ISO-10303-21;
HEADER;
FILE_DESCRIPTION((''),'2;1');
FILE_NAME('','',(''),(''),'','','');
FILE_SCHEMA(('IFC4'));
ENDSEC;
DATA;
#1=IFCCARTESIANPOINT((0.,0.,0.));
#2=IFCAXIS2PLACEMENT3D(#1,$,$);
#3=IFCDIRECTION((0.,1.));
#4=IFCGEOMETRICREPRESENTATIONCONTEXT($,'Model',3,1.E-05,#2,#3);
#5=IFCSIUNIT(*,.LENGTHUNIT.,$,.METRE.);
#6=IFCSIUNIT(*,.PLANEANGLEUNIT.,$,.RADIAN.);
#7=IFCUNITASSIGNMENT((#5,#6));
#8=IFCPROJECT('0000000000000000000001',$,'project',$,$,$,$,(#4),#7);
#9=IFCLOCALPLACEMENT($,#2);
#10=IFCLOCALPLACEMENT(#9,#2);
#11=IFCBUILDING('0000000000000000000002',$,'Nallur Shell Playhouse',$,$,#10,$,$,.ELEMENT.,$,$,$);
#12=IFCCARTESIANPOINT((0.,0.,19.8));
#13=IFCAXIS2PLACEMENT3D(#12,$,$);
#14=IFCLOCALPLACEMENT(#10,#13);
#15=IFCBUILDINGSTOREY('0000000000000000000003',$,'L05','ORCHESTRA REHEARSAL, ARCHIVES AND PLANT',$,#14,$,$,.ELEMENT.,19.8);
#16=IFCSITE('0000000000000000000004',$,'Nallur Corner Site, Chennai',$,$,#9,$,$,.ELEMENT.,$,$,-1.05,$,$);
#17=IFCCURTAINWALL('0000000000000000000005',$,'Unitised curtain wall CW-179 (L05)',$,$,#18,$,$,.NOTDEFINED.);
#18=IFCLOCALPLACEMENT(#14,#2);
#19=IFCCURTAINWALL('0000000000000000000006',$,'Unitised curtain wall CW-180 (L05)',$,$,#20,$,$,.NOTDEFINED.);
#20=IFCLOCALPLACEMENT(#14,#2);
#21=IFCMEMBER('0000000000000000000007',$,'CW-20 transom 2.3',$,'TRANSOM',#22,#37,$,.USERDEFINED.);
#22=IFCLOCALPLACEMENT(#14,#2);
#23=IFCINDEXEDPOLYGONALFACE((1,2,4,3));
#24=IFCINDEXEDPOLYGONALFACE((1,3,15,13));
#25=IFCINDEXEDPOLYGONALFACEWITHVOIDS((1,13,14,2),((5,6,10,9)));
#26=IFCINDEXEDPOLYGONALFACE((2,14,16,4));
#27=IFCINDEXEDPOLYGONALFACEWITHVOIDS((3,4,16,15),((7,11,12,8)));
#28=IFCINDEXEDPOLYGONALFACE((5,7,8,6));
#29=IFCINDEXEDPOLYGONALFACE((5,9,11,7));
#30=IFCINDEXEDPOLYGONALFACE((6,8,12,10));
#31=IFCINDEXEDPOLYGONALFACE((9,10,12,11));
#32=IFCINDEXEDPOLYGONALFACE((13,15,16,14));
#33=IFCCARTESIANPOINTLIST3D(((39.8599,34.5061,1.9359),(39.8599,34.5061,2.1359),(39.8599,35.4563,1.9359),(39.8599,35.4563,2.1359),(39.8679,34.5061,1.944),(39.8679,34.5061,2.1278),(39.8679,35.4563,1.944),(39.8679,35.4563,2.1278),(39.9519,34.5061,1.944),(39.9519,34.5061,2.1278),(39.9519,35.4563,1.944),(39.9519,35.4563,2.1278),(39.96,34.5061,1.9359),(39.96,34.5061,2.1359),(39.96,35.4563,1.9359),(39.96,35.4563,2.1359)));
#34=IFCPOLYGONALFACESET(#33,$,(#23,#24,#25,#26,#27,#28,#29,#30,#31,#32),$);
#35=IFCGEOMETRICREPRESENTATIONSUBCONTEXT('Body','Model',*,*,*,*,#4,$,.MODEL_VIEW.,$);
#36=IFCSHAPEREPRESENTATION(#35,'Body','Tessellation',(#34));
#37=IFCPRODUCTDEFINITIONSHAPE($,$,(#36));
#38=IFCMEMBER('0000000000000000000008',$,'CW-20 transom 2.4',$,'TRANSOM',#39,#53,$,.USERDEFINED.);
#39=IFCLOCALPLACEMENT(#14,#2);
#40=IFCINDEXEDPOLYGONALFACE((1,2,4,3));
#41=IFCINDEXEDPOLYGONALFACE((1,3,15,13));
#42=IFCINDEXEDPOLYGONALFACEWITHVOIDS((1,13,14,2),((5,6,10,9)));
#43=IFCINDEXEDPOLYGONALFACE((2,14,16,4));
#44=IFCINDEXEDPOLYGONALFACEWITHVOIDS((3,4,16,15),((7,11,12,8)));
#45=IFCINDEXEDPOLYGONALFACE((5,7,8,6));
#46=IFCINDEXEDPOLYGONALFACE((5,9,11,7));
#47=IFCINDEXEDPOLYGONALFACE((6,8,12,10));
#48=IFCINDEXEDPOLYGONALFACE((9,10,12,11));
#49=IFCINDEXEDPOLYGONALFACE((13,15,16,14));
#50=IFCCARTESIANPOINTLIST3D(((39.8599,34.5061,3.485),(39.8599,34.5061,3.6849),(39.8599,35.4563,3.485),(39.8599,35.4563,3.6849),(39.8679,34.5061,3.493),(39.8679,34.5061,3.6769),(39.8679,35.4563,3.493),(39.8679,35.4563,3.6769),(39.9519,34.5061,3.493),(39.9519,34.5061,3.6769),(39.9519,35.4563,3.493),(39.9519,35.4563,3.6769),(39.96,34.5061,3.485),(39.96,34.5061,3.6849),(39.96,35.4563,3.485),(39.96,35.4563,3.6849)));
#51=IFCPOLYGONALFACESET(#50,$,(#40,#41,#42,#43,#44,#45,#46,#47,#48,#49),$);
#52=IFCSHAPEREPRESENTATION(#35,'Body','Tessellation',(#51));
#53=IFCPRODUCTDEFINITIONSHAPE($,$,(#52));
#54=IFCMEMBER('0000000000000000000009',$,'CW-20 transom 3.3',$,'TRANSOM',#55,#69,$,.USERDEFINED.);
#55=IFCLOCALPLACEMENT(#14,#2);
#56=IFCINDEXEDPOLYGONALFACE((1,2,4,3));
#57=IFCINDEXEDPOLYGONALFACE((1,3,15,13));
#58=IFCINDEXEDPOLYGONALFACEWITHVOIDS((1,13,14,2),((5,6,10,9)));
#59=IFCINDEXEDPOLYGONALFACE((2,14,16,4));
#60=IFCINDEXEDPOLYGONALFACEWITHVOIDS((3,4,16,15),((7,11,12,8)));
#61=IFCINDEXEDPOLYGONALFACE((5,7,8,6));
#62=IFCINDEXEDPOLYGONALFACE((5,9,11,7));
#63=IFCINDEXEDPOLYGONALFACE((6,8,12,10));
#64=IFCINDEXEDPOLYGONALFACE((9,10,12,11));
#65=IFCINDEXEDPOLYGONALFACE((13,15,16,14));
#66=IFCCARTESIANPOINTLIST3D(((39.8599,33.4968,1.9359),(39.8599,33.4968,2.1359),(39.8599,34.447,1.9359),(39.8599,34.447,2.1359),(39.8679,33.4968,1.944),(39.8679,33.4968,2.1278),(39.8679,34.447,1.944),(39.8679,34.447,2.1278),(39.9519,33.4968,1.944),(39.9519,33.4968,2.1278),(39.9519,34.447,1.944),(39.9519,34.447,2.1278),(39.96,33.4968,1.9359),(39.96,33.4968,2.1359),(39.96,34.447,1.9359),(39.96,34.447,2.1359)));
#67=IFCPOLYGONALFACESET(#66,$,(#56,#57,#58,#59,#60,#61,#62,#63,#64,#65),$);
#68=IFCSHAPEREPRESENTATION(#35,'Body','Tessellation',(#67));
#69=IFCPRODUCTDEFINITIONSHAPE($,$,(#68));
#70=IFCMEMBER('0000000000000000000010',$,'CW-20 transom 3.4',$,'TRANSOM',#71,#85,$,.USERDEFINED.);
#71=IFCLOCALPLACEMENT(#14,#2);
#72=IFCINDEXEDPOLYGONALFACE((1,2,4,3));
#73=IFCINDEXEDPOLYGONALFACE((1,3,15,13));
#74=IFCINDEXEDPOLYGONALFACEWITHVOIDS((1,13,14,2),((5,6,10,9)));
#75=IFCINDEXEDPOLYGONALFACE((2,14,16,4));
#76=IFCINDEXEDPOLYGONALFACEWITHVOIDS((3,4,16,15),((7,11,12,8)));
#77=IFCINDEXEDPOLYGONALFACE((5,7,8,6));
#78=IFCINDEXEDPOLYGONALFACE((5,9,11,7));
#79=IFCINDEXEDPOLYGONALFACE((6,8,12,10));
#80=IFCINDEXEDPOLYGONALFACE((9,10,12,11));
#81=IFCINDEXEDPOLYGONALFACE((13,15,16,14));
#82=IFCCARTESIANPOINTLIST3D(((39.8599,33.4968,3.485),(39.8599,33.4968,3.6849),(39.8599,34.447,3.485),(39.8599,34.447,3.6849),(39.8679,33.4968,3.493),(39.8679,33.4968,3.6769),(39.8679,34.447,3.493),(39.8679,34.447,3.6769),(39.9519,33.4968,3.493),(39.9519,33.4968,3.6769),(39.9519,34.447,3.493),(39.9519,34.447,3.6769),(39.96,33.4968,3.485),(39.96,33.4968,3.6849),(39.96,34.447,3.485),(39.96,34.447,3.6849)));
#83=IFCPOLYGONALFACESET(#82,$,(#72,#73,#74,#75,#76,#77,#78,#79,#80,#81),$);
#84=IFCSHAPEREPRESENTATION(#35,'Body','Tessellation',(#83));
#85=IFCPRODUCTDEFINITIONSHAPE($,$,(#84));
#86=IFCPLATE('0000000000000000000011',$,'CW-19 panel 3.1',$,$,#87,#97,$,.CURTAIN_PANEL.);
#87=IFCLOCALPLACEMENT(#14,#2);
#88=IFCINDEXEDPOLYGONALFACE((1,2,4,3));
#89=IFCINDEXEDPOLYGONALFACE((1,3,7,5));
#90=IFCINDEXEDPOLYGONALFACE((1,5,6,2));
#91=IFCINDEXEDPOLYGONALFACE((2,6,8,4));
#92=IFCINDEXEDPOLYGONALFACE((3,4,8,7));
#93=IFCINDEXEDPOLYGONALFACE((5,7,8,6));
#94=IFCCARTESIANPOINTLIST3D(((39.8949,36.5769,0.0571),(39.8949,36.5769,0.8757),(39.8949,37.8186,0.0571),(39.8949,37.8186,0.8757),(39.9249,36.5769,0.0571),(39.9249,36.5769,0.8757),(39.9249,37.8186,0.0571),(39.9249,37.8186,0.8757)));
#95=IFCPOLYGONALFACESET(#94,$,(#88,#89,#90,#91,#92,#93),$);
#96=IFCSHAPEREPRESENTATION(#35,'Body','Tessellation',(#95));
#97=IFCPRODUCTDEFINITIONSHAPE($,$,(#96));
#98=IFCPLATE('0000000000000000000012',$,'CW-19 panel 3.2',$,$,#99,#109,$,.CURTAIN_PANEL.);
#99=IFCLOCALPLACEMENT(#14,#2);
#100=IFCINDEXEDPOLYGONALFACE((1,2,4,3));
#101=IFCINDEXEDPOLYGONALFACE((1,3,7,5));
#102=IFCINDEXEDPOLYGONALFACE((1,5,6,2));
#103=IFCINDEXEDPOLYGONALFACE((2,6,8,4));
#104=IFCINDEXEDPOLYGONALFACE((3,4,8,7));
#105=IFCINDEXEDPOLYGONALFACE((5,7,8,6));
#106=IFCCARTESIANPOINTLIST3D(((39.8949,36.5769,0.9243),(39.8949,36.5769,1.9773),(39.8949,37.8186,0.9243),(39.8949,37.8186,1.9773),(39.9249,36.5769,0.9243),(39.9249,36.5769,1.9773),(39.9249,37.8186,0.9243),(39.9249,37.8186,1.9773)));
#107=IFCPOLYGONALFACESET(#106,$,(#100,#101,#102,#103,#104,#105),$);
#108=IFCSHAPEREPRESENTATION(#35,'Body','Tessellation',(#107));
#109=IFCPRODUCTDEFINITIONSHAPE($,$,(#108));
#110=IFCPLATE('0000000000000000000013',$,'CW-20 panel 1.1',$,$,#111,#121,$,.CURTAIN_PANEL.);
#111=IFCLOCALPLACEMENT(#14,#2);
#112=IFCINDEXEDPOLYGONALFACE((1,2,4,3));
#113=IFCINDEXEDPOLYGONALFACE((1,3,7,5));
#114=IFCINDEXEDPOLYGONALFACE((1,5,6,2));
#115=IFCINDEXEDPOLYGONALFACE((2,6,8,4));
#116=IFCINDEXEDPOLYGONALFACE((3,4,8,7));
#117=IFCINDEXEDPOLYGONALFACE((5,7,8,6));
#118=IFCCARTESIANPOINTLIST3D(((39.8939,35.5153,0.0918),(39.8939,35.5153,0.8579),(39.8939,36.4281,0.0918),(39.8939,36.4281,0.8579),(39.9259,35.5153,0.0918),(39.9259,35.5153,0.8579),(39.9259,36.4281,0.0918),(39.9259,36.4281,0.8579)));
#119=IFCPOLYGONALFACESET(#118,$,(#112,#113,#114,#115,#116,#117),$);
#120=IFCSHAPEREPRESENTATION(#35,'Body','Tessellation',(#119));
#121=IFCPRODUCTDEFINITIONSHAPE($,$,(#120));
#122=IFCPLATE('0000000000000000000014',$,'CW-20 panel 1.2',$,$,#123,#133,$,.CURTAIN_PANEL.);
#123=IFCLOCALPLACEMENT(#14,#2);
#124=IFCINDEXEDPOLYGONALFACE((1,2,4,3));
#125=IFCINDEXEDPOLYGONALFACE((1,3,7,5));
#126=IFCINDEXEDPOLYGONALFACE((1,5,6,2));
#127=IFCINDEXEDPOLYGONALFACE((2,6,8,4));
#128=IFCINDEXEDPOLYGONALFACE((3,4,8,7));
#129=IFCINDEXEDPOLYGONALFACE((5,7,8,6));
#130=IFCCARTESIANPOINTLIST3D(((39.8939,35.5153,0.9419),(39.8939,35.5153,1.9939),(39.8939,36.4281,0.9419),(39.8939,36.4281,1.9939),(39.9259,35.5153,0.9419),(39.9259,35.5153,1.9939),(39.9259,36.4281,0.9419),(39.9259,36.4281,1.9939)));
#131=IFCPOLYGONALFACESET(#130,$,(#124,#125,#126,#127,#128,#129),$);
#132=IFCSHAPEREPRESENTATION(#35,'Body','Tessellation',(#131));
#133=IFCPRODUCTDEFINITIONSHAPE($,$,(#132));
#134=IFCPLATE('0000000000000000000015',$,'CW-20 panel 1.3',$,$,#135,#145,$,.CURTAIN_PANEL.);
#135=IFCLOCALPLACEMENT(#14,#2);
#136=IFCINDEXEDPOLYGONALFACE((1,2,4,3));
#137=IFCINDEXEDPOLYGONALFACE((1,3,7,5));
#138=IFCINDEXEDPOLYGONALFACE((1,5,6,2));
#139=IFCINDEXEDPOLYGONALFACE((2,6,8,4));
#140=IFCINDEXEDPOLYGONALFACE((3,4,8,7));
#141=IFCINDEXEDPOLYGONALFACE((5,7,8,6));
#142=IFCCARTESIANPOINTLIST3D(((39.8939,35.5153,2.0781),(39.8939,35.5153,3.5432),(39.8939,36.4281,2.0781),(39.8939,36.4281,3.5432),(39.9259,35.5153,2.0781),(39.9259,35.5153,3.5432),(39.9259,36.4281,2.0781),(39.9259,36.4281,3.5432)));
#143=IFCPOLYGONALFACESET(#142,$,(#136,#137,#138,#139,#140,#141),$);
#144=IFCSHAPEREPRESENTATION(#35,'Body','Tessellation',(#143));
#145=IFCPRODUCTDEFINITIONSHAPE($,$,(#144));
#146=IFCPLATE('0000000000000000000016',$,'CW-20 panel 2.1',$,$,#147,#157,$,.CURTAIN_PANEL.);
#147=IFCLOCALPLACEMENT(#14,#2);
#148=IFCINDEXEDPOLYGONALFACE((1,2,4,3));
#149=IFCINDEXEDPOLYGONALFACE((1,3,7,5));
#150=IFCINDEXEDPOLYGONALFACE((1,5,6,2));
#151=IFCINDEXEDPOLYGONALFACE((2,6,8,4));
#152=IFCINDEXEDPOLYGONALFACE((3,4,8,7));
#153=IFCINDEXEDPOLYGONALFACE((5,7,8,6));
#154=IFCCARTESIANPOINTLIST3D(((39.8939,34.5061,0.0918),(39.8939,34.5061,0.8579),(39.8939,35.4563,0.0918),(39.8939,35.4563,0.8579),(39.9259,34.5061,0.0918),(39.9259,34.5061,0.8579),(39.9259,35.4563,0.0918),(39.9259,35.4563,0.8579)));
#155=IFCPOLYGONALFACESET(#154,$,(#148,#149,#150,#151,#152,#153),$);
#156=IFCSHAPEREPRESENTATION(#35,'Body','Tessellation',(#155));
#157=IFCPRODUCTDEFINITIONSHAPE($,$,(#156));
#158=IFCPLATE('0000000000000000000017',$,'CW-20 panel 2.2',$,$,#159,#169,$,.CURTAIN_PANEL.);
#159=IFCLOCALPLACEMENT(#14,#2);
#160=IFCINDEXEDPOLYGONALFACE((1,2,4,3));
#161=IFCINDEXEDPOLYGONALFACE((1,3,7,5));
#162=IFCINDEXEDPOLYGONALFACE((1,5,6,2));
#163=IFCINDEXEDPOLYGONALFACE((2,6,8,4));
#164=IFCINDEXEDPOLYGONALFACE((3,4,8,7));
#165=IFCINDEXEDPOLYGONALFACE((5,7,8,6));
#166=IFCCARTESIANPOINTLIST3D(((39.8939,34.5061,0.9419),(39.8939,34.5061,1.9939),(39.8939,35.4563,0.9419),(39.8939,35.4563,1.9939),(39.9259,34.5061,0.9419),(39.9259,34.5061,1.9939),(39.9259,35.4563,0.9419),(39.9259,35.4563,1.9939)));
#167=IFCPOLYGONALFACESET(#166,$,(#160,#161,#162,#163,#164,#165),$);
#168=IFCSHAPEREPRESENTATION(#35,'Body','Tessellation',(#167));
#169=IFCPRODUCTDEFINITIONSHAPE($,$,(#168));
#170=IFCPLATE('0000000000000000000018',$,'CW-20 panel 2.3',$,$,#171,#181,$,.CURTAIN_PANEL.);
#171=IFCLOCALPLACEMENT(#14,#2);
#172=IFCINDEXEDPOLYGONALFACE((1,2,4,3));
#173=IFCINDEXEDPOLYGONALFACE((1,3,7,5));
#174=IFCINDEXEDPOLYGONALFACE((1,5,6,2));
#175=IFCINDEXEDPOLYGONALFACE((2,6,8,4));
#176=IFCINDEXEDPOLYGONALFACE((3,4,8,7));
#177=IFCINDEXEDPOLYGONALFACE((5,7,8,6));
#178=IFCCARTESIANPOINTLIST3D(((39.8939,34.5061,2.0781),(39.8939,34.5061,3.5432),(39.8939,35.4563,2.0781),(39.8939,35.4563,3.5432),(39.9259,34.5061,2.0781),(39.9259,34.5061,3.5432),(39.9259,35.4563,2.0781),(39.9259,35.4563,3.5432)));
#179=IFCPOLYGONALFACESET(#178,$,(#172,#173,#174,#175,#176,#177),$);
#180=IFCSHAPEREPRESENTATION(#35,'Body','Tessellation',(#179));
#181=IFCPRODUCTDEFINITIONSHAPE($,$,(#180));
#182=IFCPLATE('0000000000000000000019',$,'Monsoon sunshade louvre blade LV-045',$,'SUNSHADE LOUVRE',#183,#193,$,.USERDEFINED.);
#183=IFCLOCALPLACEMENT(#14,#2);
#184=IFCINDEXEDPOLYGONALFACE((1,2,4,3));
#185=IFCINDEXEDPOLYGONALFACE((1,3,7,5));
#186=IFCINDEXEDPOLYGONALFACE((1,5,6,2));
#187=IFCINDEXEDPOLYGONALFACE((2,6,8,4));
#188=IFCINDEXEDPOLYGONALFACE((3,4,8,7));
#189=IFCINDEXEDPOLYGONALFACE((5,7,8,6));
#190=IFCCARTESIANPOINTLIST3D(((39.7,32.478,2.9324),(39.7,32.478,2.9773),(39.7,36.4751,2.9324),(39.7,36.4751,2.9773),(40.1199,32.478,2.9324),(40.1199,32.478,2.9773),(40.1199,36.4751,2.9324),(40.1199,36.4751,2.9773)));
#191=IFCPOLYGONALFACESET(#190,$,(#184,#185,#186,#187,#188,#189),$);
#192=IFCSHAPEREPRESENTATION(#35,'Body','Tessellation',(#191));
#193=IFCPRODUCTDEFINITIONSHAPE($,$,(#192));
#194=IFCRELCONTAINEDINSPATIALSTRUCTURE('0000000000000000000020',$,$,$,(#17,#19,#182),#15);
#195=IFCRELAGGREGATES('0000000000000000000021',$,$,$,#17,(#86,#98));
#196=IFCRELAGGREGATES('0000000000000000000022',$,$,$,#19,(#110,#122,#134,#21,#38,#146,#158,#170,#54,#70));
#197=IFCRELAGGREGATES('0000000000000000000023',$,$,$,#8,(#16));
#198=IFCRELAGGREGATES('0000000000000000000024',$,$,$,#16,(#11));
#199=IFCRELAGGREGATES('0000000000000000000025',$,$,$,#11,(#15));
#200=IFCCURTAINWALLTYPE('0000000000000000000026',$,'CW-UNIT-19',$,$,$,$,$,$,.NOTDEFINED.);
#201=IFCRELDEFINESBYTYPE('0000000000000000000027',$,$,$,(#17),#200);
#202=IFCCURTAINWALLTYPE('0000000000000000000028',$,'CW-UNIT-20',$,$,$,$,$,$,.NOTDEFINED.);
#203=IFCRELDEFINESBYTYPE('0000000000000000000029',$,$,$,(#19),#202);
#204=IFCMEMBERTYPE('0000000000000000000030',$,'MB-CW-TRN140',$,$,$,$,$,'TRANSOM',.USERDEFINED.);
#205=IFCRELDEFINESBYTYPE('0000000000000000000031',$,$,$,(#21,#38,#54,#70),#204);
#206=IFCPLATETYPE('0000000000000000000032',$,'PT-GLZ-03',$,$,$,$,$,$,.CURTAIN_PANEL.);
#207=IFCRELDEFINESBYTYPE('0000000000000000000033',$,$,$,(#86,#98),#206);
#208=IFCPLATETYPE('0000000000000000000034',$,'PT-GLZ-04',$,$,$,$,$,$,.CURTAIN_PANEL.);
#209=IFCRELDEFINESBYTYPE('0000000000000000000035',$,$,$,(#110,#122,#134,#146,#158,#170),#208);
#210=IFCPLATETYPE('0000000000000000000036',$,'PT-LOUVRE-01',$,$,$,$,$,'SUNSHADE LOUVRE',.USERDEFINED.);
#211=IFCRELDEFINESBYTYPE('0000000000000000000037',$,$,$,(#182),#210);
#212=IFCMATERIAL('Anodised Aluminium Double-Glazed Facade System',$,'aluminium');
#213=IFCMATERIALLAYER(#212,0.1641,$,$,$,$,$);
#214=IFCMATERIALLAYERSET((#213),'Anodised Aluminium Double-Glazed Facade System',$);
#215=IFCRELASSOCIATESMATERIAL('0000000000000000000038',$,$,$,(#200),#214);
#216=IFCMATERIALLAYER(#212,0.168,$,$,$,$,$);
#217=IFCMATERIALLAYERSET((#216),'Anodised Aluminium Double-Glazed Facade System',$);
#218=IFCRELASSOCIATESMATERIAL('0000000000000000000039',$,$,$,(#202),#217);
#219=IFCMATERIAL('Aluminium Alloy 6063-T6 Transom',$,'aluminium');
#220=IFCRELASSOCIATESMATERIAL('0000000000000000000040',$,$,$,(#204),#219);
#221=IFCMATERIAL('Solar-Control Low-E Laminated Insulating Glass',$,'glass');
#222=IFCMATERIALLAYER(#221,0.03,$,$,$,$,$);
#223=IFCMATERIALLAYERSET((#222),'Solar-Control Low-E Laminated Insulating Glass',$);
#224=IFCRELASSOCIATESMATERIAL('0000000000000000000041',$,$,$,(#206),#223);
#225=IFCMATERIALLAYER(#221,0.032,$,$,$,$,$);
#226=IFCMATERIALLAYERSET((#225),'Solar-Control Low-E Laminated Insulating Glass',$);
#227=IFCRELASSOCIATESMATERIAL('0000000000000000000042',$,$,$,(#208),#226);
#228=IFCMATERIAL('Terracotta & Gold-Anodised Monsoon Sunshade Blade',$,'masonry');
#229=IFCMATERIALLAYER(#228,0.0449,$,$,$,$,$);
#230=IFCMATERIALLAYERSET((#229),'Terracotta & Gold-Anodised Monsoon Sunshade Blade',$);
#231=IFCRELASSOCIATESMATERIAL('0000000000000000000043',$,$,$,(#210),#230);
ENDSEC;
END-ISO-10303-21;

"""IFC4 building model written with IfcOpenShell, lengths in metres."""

from ifc_helpers import new_model, si_unit, direction, frame, origin, origin_2d, place, context, subcontext, project, spatial, rectangle, hollow_rectangle, extrude, material, layer, layer_set, material_profile, profile_set, type_object, element, aggregate, save


model = new_model("IFC4")

# Units and contexts
model_context = context("Model", 3, precision=1e-05, world=origin(), true_north=direction((0.0, 1.0)))
body_context = subcontext(model_context, "Body", "Model", "MODEL_VIEW")
ifc_project = project(units=[si_unit("LENGTHUNIT", "METRE"), si_unit("PLANEANGLEUNIT", "RADIAN")], contexts=[model_context])

# Site, building, storey
site_placement = place(None, origin())
site = spatial("IfcSite", under=ifc_project, at=site_placement, Name="Nallur Corner Site, Chennai", CompositionType="ELEMENT", RefElevation=-1.05)
building_placement = place(site_placement, origin())
building = spatial("IfcBuilding", under=site, at=building_placement, Name="Nallur Shell Playhouse", CompositionType="ELEMENT")
storey_placement = place(building_placement, frame((0.0, 0.0, 19.8)))
storey = spatial("IfcBuildingStorey", under=building, at=storey_placement, Name="L05", Description="ORCHESTRA REHEARSAL, ARCHIVES AND PLANT", CompositionType="ELEMENT", Elevation=19.8)

# Curtain wall
ifc_material_1 = material(Name="Anodised Aluminium Double-Glazed Facade System", Category="aluminium")
ifc_layer_1 = layer(ifc_material_1, 0.1641)
ifc_layer_set_1 = layer_set([ifc_layer_1], Name="Anodised Aluminium Double-Glazed Facade System")
curtain_wall_type_1 = type_object("IfcCurtainWallType", Name="CW-UNIT-19", PredefinedType="NOTDEFINED", material=ifc_layer_set_1)
curtain_wall_1_placement = place(storey_placement, origin())
curtain_wall_1 = element("IfcCurtainWall", 1, at=curtain_wall_1_placement, inside=storey, type_object=curtain_wall_type_1, Name="Unitised curtain wall CW-179 (L05)", PredefinedType="NOTDEFINED")

# Curtain wall, members
ifc_layer_2 = layer(ifc_material_1, 0.168)
ifc_layer_set_2 = layer_set([ifc_layer_2], Name="Anodised Aluminium Double-Glazed Facade System")
curtain_wall_type_2 = type_object("IfcCurtainWallType", Name="CW-UNIT-20", PredefinedType="NOTDEFINED", material=ifc_layer_set_2)
curtain_wall_2_placement = place(storey_placement, origin())
curtain_wall_2 = element("IfcCurtainWall", 2, at=curtain_wall_2_placement, inside=storey, type_object=curtain_wall_type_2, Name="Unitised curtain wall CW-180 (L05)", PredefinedType="NOTDEFINED")
ifc_material_2 = material(Name="Aluminium Alloy 6063-T6 Transom", Category="aluminium")
ifc_material_profile_1 = material_profile(ifc_material_2, hollow_rectangle(XDim=0.1001, YDim=0.2, WallThickness=0.0081, at=origin_2d()), Name="RHS 200x100x8")
ifc_profile_set_1 = profile_set([ifc_material_profile_1], Name="Aluminium Alloy 6063-T6 Transom")
member_type_1 = type_object("IfcMemberType", Name="MB-CW-TRN140", ElementType="TRANSOM", PredefinedType="USERDEFINED", material=ifc_profile_set_1)
member_1_placement = place(storey_placement, frame((39.9099, 35.4563, 2.0359), z_axis=(0.0, -1.0, 0.0), x_axis=(1.0, 0.0, 0.0)))
member_1 = element("IfcMember", 3, at=member_1_placement, type_object=member_type_1, Name="CW-20 transom 2.3", ObjectType="TRANSOM", PredefinedType="USERDEFINED", context=body_context, shape_type="SweptSolid", body=[
    extrude(hollow_rectangle(XDim=0.1001, YDim=0.2, WallThickness=0.0081, at=origin_2d()), origin(), (0.0, 0.0, 1.0), 0.9502),
])
member_2_placement = place(storey_placement, frame((39.9099, 35.4563, 3.585), z_axis=(0.0, -1.0, 0.0), x_axis=(1.0, 0.0, 0.0)))
member_2 = element("IfcMember", 4, at=member_2_placement, type_object=member_type_1, Name="CW-20 transom 2.4", ObjectType="TRANSOM", PredefinedType="USERDEFINED", context=body_context, shape_type="SweptSolid", body=[
    extrude(hollow_rectangle(XDim=0.1001, YDim=0.2, WallThickness=0.0081, at=origin_2d()), origin(), (0.0, 0.0, 1.0), 0.9502),
])
member_3_placement = place(storey_placement, frame((39.9099, 34.447, 2.0359), z_axis=(0.0, -1.0, 0.0), x_axis=(1.0, 0.0, 0.0)))
member_3 = element("IfcMember", 5, at=member_3_placement, type_object=member_type_1, Name="CW-20 transom 3.3", ObjectType="TRANSOM", PredefinedType="USERDEFINED", context=body_context, shape_type="SweptSolid", body=[
    extrude(hollow_rectangle(XDim=0.1001, YDim=0.2, WallThickness=0.0081, at=origin_2d()), origin(), (0.0, 0.0, 1.0), 0.9502),
])
member_4_placement = place(storey_placement, frame((39.9099, 34.447, 3.585), z_axis=(0.0, -1.0, 0.0), x_axis=(1.0, 0.0, 0.0)))
member_4 = element("IfcMember", 6, at=member_4_placement, type_object=member_type_1, Name="CW-20 transom 3.4", ObjectType="TRANSOM", PredefinedType="USERDEFINED", context=body_context, shape_type="SweptSolid", body=[
    extrude(hollow_rectangle(XDim=0.1001, YDim=0.2, WallThickness=0.0081, at=origin_2d()), origin(), (0.0, 0.0, 1.0), 0.9502),
])

# Plates
ifc_material_3 = material(Name="Solar-Control Low-E Laminated Insulating Glass", Category="glass")
ifc_layer_3 = layer(ifc_material_3, 0.03)
ifc_layer_set_3 = layer_set([ifc_layer_3], Name="Solar-Control Low-E Laminated Insulating Glass")
plate_type_1 = type_object("IfcPlateType", Name="PT-GLZ-03", PredefinedType="CURTAIN_PANEL", material=ifc_layer_set_3)
plate_1_placement = place(storey_placement, frame((39.9099, 37.1978, 0.0571), z_axis=(0.0, 0.0, 1.0), x_axis=(0.0, -1.0, 0.0)))
plate_1 = element("IfcPlate", 7, at=plate_1_placement, type_object=plate_type_1, Name="CW-19 panel 3.1", PredefinedType="CURTAIN_PANEL", context=body_context, shape_type="SweptSolid", body=[
    extrude(rectangle(XDim=1.2417, YDim=0.03, at=origin_2d()), origin(), (0.0, 0.0, 1.0), 0.8186),
])
plate_2_placement = place(storey_placement, frame((39.9099, 37.1978, 0.9243), z_axis=(0.0, 0.0, 1.0), x_axis=(0.0, -1.0, 0.0)))
plate_2 = element("IfcPlate", 8, at=plate_2_placement, type_object=plate_type_1, Name="CW-19 panel 3.2", PredefinedType="CURTAIN_PANEL", context=body_context, shape_type="SweptSolid", body=[
    extrude(rectangle(XDim=1.2417, YDim=0.03, at=origin_2d()), origin(), (0.0, 0.0, 1.0), 1.053),
])
aggregate(curtain_wall_1, [plate_1, plate_2])
ifc_layer_4 = layer(ifc_material_3, 0.032)
ifc_layer_set_4 = layer_set([ifc_layer_4], Name="Solar-Control Low-E Laminated Insulating Glass")
plate_type_2 = type_object("IfcPlateType", Name="PT-GLZ-04", PredefinedType="CURTAIN_PANEL", material=ifc_layer_set_4)
plate_3_placement = place(storey_placement, frame((39.9099, 35.9717, 0.0918), z_axis=(0.0, 0.0, 1.0), x_axis=(0.0, -1.0, 0.0)))
plate_3 = element("IfcPlate", 9, at=plate_3_placement, type_object=plate_type_2, Name="CW-20 panel 1.1", PredefinedType="CURTAIN_PANEL", context=body_context, shape_type="SweptSolid", body=[
    extrude(rectangle(XDim=0.9128, YDim=0.032, at=origin_2d()), origin(), (0.0, 0.0, 1.0), 0.7661),
])
plate_4_placement = place(storey_placement, frame((39.9099, 35.9717, 0.9419), z_axis=(0.0, 0.0, 1.0), x_axis=(0.0, -1.0, 0.0)))
plate_4 = element("IfcPlate", 10, at=plate_4_placement, type_object=plate_type_2, Name="CW-20 panel 1.2", PredefinedType="CURTAIN_PANEL", context=body_context, shape_type="SweptSolid", body=[
    extrude(rectangle(XDim=0.9128, YDim=0.032, at=origin_2d()), origin(), (0.0, 0.0, 1.0), 1.052),
])
plate_5_placement = place(storey_placement, frame((39.9099, 35.9717, 2.0781), z_axis=(0.0, 0.0, 1.0), x_axis=(0.0, -1.0, 0.0)))
plate_5 = element("IfcPlate", 11, at=plate_5_placement, type_object=plate_type_2, Name="CW-20 panel 1.3", PredefinedType="CURTAIN_PANEL", context=body_context, shape_type="SweptSolid", body=[
    extrude(rectangle(XDim=0.9128, YDim=0.032, at=origin_2d()), origin(), (0.0, 0.0, 1.0), 1.4651),
])
plate_6_placement = place(storey_placement, frame((39.9099, 34.9812, 0.0918), z_axis=(0.0, 0.0, 1.0), x_axis=(0.0, -1.0, 0.0)))
plate_6 = element("IfcPlate", 12, at=plate_6_placement, type_object=plate_type_2, Name="CW-20 panel 2.1", PredefinedType="CURTAIN_PANEL", context=body_context, shape_type="SweptSolid", body=[
    extrude(rectangle(XDim=0.9502, YDim=0.032, at=origin_2d()), origin(), (0.0, 0.0, 1.0), 0.7661),
])
plate_7_placement = place(storey_placement, frame((39.9099, 34.9812, 0.9419), z_axis=(0.0, 0.0, 1.0), x_axis=(0.0, -1.0, 0.0)))
plate_7 = element("IfcPlate", 13, at=plate_7_placement, type_object=plate_type_2, Name="CW-20 panel 2.2", PredefinedType="CURTAIN_PANEL", context=body_context, shape_type="SweptSolid", body=[
    extrude(rectangle(XDim=0.9502, YDim=0.032, at=origin_2d()), origin(), (0.0, 0.0, 1.0), 1.052),
])
plate_8_placement = place(storey_placement, frame((39.9099, 34.9812, 2.0781), z_axis=(0.0, 0.0, 1.0), x_axis=(0.0, -1.0, 0.0)))
plate_8 = element("IfcPlate", 14, at=plate_8_placement, type_object=plate_type_2, Name="CW-20 panel 2.3", PredefinedType="CURTAIN_PANEL", context=body_context, shape_type="SweptSolid", body=[
    extrude(rectangle(XDim=0.9502, YDim=0.032, at=origin_2d()), origin(), (0.0, 0.0, 1.0), 1.4651),
])
aggregate(curtain_wall_2, [plate_3, plate_4, plate_5, member_1, member_2, plate_6, plate_7, plate_8, member_3, member_4])
ifc_material_4 = material(Name="Terracotta & Gold-Anodised Monsoon Sunshade Blade", Category="masonry")
ifc_layer_5 = layer(ifc_material_4, 0.0449)
ifc_layer_set_5 = layer_set([ifc_layer_5], Name="Terracotta & Gold-Anodised Monsoon Sunshade Blade")
plate_type_3 = type_object("IfcPlateType", Name="PT-LOUVRE-01", ElementType="SUNSHADE LOUVRE", PredefinedType="USERDEFINED", material=ifc_layer_set_5)
plate_9_placement = place(storey_placement, frame((39.9099, 34.4766, 2.9324), z_axis=(0.0, 0.0, 1.0), x_axis=(0.0, -1.0, 0.0)))
element("IfcPlate", 15, at=plate_9_placement, inside=storey, type_object=plate_type_3, Name="Monsoon sunshade louvre blade LV-045", ObjectType="SUNSHADE LOUVRE", PredefinedType="USERDEFINED", context=body_context, shape_type="SweptSolid", body=[
    extrude(rectangle(XDim=3.9971, YDim=0.4199, at=origin_2d()), origin(), (0.0, 0.0, 1.0), 0.0449),
])

save(model, "model.ifc")
